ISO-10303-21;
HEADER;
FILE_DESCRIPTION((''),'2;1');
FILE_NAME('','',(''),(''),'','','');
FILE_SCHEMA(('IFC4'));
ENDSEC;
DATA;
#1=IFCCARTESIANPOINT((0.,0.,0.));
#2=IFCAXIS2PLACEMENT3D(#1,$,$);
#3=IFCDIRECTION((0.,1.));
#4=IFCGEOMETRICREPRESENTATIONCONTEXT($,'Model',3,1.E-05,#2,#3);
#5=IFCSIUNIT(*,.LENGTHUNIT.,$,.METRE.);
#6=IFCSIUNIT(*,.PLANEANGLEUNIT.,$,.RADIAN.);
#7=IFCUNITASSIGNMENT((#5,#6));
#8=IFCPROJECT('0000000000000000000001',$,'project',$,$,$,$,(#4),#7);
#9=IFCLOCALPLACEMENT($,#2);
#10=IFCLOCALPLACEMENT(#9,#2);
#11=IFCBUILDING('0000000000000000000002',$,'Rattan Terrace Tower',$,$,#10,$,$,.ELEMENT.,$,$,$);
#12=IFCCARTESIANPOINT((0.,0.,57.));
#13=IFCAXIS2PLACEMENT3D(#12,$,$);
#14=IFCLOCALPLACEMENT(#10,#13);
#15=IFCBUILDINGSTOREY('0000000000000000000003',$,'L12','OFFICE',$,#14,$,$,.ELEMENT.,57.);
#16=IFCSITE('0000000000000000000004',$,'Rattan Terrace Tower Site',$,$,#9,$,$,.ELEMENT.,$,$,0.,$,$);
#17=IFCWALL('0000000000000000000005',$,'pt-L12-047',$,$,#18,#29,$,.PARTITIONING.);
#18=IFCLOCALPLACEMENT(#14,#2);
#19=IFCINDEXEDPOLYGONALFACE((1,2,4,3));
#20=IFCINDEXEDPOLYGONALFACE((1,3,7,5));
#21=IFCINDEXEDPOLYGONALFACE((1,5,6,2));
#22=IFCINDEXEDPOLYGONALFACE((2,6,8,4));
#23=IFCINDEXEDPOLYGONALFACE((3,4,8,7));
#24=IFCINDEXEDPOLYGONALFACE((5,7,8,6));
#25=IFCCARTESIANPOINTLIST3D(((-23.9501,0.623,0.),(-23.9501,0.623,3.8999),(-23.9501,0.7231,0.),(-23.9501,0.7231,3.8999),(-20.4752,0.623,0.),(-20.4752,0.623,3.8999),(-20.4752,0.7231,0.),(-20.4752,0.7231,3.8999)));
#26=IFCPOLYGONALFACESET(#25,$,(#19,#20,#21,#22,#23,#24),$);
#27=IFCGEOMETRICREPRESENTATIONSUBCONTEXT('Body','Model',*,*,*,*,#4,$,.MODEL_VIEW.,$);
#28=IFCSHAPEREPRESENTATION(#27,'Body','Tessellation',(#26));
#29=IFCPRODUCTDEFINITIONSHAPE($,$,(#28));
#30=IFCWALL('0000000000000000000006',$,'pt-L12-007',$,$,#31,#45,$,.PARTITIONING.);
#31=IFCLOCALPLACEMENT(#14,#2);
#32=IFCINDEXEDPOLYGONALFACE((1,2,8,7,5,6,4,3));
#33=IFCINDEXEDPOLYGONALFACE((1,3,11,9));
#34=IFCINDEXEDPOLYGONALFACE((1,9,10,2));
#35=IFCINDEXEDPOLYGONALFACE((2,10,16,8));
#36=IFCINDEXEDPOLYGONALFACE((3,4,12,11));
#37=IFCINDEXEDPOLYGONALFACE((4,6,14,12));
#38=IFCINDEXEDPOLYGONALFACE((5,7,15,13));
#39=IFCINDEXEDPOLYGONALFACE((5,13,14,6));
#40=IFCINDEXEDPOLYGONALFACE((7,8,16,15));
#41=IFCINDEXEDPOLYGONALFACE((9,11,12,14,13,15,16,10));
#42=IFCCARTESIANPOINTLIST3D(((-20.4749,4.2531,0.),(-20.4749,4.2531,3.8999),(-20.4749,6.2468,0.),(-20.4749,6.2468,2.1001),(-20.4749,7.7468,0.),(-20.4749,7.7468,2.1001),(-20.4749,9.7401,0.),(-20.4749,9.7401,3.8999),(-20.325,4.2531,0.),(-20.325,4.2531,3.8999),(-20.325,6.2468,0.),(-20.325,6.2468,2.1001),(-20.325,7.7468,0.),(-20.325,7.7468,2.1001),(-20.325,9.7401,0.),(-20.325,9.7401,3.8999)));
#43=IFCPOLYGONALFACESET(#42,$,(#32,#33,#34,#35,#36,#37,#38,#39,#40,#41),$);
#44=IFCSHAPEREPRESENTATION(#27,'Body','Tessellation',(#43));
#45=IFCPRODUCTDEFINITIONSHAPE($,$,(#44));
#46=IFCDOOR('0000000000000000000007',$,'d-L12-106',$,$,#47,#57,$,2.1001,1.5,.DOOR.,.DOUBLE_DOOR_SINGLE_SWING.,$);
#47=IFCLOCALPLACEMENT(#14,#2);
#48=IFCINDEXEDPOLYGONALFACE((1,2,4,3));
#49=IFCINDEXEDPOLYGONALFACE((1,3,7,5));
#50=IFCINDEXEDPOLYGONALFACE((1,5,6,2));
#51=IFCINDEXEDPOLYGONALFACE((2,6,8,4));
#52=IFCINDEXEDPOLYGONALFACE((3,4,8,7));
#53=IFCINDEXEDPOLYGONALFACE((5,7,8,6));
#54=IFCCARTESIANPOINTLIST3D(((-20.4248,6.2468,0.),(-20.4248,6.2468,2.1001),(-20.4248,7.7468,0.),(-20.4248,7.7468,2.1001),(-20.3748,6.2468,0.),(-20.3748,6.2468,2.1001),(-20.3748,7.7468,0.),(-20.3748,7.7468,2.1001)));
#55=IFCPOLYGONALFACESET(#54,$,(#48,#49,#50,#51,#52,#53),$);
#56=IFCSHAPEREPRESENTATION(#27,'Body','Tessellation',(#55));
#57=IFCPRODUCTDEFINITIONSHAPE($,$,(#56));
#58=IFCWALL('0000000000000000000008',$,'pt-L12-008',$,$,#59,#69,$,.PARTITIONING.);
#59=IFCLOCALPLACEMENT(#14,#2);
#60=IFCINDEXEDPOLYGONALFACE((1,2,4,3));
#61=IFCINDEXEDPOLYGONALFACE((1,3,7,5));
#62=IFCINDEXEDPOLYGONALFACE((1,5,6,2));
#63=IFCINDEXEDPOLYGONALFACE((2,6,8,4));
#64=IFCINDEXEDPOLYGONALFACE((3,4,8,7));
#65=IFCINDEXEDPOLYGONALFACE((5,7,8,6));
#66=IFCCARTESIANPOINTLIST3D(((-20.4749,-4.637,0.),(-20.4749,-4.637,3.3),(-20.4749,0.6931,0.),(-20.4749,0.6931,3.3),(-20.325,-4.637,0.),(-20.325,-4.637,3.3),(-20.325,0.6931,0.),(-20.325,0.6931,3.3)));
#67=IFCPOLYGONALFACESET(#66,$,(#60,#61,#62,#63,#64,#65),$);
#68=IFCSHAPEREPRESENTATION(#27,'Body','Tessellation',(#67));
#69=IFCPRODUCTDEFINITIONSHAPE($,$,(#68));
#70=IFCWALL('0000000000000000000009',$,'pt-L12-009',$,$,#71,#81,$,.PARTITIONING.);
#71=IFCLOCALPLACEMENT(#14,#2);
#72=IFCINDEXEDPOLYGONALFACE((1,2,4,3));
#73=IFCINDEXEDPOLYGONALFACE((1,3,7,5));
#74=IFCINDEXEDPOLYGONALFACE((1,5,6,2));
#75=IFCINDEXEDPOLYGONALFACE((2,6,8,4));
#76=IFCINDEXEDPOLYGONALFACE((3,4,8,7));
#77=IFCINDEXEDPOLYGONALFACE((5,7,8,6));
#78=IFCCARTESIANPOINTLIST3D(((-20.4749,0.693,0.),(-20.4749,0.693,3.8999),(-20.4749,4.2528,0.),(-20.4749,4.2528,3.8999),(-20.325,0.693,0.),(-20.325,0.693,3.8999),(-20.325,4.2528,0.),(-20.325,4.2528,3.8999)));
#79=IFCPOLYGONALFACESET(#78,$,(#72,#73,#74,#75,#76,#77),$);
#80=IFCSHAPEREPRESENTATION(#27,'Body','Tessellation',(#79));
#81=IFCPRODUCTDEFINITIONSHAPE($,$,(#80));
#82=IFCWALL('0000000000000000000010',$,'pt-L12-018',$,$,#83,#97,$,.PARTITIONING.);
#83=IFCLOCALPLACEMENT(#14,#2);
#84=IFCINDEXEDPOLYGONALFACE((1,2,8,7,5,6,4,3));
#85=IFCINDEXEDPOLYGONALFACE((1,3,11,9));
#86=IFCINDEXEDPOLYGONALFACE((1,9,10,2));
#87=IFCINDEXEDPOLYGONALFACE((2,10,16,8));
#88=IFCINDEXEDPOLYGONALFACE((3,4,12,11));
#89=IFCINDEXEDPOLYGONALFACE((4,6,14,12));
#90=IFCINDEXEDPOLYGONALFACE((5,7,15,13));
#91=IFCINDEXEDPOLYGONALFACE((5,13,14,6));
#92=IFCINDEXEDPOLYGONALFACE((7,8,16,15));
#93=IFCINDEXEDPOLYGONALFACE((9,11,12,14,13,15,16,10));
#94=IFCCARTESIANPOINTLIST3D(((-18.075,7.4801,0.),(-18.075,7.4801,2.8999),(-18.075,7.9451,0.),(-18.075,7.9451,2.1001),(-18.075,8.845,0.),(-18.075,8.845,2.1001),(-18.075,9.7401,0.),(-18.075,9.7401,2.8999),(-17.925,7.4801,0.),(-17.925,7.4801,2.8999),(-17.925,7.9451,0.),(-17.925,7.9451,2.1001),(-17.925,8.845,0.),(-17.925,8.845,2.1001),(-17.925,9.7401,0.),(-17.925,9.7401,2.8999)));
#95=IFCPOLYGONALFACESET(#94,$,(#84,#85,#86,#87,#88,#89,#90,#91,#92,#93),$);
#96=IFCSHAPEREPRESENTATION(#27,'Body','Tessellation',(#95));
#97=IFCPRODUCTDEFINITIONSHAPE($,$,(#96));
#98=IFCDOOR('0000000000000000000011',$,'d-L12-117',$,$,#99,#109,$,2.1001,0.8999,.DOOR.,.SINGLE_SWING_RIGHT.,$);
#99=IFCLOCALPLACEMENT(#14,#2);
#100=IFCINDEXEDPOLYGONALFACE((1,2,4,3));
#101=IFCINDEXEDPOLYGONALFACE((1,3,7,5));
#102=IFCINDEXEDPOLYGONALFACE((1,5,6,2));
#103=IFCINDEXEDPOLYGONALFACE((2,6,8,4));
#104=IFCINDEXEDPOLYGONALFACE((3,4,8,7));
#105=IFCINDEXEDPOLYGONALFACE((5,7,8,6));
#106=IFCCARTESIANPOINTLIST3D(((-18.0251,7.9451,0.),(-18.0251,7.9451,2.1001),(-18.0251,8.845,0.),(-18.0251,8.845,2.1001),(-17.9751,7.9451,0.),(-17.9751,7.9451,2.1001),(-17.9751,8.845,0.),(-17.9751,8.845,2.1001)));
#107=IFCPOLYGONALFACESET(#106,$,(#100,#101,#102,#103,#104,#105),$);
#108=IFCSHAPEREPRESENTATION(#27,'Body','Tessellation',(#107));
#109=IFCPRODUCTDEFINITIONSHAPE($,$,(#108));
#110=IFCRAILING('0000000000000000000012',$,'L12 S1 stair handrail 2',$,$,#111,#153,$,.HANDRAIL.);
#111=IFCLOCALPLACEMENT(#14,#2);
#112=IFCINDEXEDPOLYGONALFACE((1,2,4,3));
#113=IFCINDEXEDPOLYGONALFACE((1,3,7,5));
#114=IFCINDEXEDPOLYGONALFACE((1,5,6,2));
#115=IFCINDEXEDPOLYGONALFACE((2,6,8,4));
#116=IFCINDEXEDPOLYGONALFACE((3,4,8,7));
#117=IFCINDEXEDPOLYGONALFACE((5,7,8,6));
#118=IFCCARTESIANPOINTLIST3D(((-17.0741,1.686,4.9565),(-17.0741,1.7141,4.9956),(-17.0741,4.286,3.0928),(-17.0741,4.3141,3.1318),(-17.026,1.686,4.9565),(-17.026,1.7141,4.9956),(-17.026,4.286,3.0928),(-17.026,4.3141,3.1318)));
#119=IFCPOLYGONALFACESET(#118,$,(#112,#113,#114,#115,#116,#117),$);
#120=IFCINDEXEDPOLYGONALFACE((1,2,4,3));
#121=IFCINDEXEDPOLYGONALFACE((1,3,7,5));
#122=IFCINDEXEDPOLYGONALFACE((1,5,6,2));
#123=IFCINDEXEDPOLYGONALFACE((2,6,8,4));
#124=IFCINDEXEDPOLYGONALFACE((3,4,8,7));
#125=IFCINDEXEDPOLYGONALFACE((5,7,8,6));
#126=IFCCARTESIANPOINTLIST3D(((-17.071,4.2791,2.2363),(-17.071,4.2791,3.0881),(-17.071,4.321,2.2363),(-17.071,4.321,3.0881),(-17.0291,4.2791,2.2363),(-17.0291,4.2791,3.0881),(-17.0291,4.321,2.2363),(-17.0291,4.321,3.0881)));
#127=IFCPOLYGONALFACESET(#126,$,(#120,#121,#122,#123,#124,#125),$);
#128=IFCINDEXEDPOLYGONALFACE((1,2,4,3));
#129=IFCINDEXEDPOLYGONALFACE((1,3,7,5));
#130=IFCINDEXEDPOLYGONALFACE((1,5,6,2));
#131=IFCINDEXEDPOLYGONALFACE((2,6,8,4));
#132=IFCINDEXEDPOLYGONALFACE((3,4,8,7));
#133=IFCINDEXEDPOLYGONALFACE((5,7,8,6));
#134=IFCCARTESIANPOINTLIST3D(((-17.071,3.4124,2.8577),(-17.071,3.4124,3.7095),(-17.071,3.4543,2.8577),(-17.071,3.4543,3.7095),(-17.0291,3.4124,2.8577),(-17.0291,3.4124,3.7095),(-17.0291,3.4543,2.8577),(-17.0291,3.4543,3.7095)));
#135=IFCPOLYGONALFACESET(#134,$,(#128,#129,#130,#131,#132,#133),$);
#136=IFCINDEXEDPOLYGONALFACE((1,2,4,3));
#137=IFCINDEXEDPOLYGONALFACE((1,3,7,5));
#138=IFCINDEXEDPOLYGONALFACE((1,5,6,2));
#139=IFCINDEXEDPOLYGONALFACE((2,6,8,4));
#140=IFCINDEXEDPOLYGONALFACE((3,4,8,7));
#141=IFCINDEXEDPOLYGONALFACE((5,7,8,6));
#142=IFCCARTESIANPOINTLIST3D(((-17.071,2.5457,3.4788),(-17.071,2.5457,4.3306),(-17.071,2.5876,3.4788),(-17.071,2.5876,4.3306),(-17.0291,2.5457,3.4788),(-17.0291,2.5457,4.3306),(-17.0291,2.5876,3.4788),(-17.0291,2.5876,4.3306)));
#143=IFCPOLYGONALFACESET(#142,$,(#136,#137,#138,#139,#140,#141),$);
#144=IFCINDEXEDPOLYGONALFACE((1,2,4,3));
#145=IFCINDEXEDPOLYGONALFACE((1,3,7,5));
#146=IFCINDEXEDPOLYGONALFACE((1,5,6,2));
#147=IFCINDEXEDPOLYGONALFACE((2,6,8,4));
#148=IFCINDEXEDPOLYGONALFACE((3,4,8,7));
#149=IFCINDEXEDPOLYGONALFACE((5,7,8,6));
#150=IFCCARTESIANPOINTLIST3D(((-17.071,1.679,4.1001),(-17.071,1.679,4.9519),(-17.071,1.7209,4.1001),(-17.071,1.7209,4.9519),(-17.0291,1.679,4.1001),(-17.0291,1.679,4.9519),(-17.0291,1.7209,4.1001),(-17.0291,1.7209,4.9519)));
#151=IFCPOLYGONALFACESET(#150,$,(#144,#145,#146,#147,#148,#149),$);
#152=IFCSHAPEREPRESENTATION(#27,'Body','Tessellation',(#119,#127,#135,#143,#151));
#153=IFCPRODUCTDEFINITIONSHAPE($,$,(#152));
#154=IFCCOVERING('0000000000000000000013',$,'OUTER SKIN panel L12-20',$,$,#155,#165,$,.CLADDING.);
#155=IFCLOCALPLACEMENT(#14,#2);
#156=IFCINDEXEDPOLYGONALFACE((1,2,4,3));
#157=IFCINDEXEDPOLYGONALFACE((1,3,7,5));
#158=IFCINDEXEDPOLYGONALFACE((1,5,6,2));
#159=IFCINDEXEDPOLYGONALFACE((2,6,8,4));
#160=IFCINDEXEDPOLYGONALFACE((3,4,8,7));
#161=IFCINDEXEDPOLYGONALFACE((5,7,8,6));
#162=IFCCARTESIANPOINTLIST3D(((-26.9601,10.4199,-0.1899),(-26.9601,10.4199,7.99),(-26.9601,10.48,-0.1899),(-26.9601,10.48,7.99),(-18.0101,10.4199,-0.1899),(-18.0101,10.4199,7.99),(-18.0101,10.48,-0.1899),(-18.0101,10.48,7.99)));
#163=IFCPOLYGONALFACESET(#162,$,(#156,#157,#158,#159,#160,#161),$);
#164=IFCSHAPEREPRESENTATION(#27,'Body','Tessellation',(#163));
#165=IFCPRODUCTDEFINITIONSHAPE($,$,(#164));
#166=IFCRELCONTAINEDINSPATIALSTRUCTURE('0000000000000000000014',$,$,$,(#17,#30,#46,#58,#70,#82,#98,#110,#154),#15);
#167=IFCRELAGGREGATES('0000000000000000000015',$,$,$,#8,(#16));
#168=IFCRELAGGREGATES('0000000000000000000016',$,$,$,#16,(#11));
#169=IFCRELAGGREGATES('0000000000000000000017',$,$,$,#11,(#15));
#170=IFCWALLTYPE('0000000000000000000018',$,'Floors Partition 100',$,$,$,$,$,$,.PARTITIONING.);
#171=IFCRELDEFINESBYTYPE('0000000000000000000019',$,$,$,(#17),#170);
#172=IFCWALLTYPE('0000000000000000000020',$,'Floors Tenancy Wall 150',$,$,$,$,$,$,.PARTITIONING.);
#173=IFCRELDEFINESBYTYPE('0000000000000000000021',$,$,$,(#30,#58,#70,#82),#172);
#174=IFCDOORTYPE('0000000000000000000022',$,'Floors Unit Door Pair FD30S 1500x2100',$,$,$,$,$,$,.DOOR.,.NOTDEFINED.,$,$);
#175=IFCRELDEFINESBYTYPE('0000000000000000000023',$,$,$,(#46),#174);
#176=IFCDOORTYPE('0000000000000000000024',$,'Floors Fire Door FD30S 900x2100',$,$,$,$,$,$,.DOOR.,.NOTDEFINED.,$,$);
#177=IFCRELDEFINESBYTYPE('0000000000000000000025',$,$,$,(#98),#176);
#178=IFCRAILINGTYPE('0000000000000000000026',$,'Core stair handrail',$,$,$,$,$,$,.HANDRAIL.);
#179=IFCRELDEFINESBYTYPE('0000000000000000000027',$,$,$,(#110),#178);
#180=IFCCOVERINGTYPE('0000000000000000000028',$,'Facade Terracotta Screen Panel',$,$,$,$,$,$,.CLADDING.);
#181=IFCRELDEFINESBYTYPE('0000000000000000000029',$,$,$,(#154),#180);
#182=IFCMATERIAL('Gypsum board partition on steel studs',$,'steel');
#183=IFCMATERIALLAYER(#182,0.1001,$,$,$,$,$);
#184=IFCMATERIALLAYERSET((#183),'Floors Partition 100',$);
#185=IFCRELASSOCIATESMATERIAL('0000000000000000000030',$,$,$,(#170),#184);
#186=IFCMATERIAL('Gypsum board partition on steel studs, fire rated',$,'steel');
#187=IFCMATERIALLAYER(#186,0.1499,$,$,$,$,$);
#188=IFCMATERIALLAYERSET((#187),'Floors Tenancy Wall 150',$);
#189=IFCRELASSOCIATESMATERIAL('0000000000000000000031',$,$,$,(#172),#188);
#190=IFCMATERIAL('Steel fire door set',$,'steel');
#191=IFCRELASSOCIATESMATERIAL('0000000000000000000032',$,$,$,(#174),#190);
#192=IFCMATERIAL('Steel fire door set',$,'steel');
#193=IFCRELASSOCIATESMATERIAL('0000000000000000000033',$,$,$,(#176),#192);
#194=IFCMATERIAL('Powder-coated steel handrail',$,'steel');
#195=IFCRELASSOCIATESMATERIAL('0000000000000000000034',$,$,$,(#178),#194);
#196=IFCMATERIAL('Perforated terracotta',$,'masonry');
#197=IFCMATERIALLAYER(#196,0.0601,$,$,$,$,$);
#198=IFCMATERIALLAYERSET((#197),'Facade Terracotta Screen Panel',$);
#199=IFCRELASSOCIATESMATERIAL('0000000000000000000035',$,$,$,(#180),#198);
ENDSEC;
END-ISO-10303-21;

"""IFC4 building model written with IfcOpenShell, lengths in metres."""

from ifc_helpers import new_model, si_unit, direction, frame, frame_2d, origin, origin_2d, place, context, subcontext, project, spatial, rectangle, extrude, material, layer, layer_set, type_object, element, fill, save


model = new_model("IFC4")

# Units and contexts
model_context = context("Model", 3, precision=1e-05, world=origin(), true_north=direction((0.0, 1.0)))
body_context = subcontext(model_context, "Body", "Model", "MODEL_VIEW")
ifc_project = project(units=[si_unit("LENGTHUNIT", "METRE"), si_unit("PLANEANGLEUNIT", "RADIAN")], contexts=[model_context])

# Site, building, storey
site_placement = place(None, origin())
site = spatial("IfcSite", under=ifc_project, at=site_placement, Name="Rattan Terrace Tower Site", CompositionType="ELEMENT", RefElevation=0.0)
building_placement = place(site_placement, origin())
building = spatial("IfcBuilding", under=site, at=building_placement, Name="Rattan Terrace Tower", CompositionType="ELEMENT")
storey_placement = place(building_placement, frame((0.0, 0.0, 57.0)))
storey = spatial("IfcBuildingStorey", under=building, at=storey_placement, Name="L12", Description="OFFICE", CompositionType="ELEMENT", Elevation=57.0)

# Shared definitions
ifc_material_1 = material(Name="Gypsum board partition on steel studs", Category="steel")
ifc_layer_1 = layer(ifc_material_1, 0.1001)
ifc_layer_set_1 = layer_set([ifc_layer_1], Name="Floors Partition 100")
wall_type_1 = type_object("IfcWallType", Name="Floors Partition 100", PredefinedType="PARTITIONING", material=ifc_layer_set_1)

# Wall
for number, where, z_axis, x_axis, name in (
    (1, (-23.95, 0.6731, 0.0), (0.0, 0.0, 1.0), (1.0, 0.0, 0.0), "pt-L12-047"),
):
    element("IfcWall", number, at=place(storey_placement, frame(where, z_axis=z_axis, x_axis=x_axis)), inside=storey, type_object=wall_type_1, Name=name, PredefinedType="PARTITIONING", context=body_context, shape_type="SweptSolid", body=[
        extrude(rectangle(XDim=3.4749, YDim=0.1001, at=frame_2d((1.7373, 0.0))), origin(), (0.0, 0.0, 1.0), 3.8999),
    ])

# Wall, opening, door
ifc_material_2 = material(Name="Gypsum board partition on steel studs, fire rated", Category="steel")
ifc_layer_2 = layer(ifc_material_2, 0.1499)
ifc_layer_set_2 = layer_set([ifc_layer_2], Name="Floors Tenancy Wall 150")
wall_type_2 = type_object("IfcWallType", Name="Floors Tenancy Wall 150", PredefinedType="PARTITIONING", material=ifc_layer_set_2)
wall_1_placement = place(storey_placement, frame((-20.3999, 4.2529, 0.0), z_axis=(0.0, 0.0, 1.0), x_axis=(0.0, 1.0, 0.0)))
wall_1 = element("IfcWall", 2, at=wall_1_placement, inside=storey, type_object=wall_type_2, Name="pt-L12-007", PredefinedType="PARTITIONING", context=body_context, shape_type="SweptSolid", body=[
    extrude(rectangle(XDim=5.4871, YDim=0.1499, at=frame_2d((2.7437, 0.0))), origin(), (0.0, 0.0, 1.0), 3.8999),
])
opening_1_placement = place(wall_1_placement, frame((1.9939, 0.0, 0.0)))
opening_1 = element("IfcOpeningElement", 3, at=opening_1_placement, cuts=wall_1, PredefinedType="OPENING", context=body_context, shape_type="SweptSolid", body=[
    extrude(rectangle(XDim=1.5, YDim=2.1001, at=frame_2d((0.75, 1.05))), frame((0.0, 0.0854, 0.0), z_axis=(0.0, -1.0, 0.0), x_axis=(1.0, 0.0, 0.0)), (0.0, 0.0, 1.0), 0.1709),
])
ifc_material_3 = material(Name="Steel fire door set", Category="steel")
door_type_1 = type_object("IfcDoorType", Name="Floors Unit Door Pair FD30S 1500x2100", OperationType="NOTDEFINED", PredefinedType="DOOR", material=ifc_material_3)
door_1_placement = place(opening_1_placement, origin())
door_1 = element("IfcDoor", 4, at=door_1_placement, inside=storey, type_object=door_type_1, Name="d-L12-106", OperationType="DOUBLE_DOOR_SINGLE_SWING", OverallHeight=2.1001, OverallWidth=1.5, PredefinedType="DOOR", context=body_context, shape_type="SweptSolid", body=[
    extrude(rectangle(XDim=1.5, YDim=2.1001, at=frame_2d((0.75, 1.05))), frame((0.0, 0.0249, 0.0), z_axis=(0.0, -1.0, 0.0), x_axis=(1.0, 0.0, 0.0)), (0.0, 0.0, 1.0), 0.05),
])
fill(opening_1, door_1)

# Walls
wall_2_placement = place(storey_placement, frame((-20.3999, -4.637, 0.0), z_axis=(0.0, 0.0, 1.0), x_axis=(0.0, 1.0, 0.0)))
element("IfcWall", 5, at=wall_2_placement, inside=storey, type_object=wall_type_2, Name="pt-L12-008", PredefinedType="PARTITIONING", context=body_context, shape_type="SweptSolid", body=[
    extrude(rectangle(XDim=5.3301, YDim=0.1499, at=frame_2d((2.665, 0.0))), origin(), (0.0, 0.0, 1.0), 3.3),
])
wall_3_placement = place(storey_placement, frame((-20.3999, 0.6931, 0.0), z_axis=(0.0, 0.0, 1.0), x_axis=(0.0, 1.0, 0.0)))
element("IfcWall", 6, at=wall_3_placement, inside=storey, type_object=wall_type_2, Name="pt-L12-009", PredefinedType="PARTITIONING", context=body_context, shape_type="SweptSolid", body=[
    extrude(rectangle(XDim=3.5598, YDim=0.1499, at=frame_2d((1.7798, 0.0))), origin(), (0.0, 0.0, 1.0), 3.8999),
])

# Wall, opening, door
wall_4_placement = place(storey_placement, frame((-18.0, 9.74, 0.0), z_axis=(0.0, 0.0, 1.0), x_axis=(0.0, -1.0, 0.0)))
wall_4 = element("IfcWall", 7, at=wall_4_placement, inside=storey, type_object=wall_type_2, Name="pt-L12-018", PredefinedType="PARTITIONING", context=body_context, shape_type="SweptSolid", body=[
    extrude(rectangle(XDim=2.26, YDim=0.1499, at=frame_2d((1.1299, 0.0))), origin(), (0.0, 0.0, 1.0), 2.8999),
])
opening_2_placement = place(wall_4_placement, frame((0.895, 0.0, 0.0)))
opening_2 = element("IfcOpeningElement", 8, at=opening_2_placement, cuts=wall_4, PredefinedType="OPENING", context=body_context, shape_type="SweptSolid", body=[
    extrude(rectangle(XDim=0.8999, YDim=2.1001, at=frame_2d((0.45, 1.05))), frame((0.0, 0.0854, 0.0), z_axis=(0.0, -1.0, 0.0), x_axis=(1.0, 0.0, 0.0)), (0.0, 0.0, 1.0), 0.1709),
])
ifc_material_4 = material(Name="Steel fire door set", Category="steel")
door_type_2 = type_object("IfcDoorType", Name="Floors Fire Door FD30S 900x2100", OperationType="NOTDEFINED", PredefinedType="DOOR", material=ifc_material_4)
door_2_placement = place(opening_2_placement, origin())
door_2 = element("IfcDoor", 9, at=door_2_placement, inside=storey, type_object=door_type_2, Name="d-L12-117", OperationType="SINGLE_SWING_RIGHT", OverallHeight=2.1001, OverallWidth=0.8999, PredefinedType="DOOR", context=body_context, shape_type="SweptSolid", body=[
    extrude(rectangle(XDim=0.8999, YDim=2.1001, at=frame_2d((0.45, 1.05))), frame((0.0, 0.0249, 0.0), z_axis=(0.0, -1.0, 0.0), x_axis=(1.0, 0.0, 0.0)), (0.0, 0.0, 1.0), 0.05),
])
fill(opening_2, door_2)

# Railing
ifc_material_5 = material(Name="Powder-coated steel handrail", Category="steel")
railing_type = type_object("IfcRailingType", Name="Core stair handrail", PredefinedType="HANDRAIL", material=ifc_material_5)
railing_placement = place(storey_placement, frame((-17.05, 4.3, 2.2363)))
element("IfcRailing", 10, at=railing_placement, inside=storey, type_object=railing_type, Name="L12 S1 stair handrail 2", PredefinedType="HANDRAIL", context=body_context, shape_type="SweptSolid", body=[
    extrude(rectangle(XDim=0.0481, YDim=0.0481, at=origin_2d()), frame((0.0, 0.0, 0.876), z_axis=(0.0, -0.812763, 0.582595), x_axis=(1.0, 0.0, 0.0)), (0.0, 0.0, 1.0), 3.199),
    extrude(rectangle(XDim=0.042, YDim=0.042, at=origin_2d()), origin(), (0.0, 0.0, 1.0), 0.8518),
    extrude(rectangle(XDim=0.042, YDim=0.042, at=origin_2d()), frame((0.0, -0.8667, 0.6213)), (0.0, 0.0, 1.0), 0.8518),
    extrude(rectangle(XDim=0.042, YDim=0.042, at=origin_2d()), frame((0.0, -1.7334, 1.2424)), (0.0, 0.0, 1.0), 0.8518),
    extrude(rectangle(XDim=0.042, YDim=0.042, at=origin_2d()), frame((0.0, -2.6001, 1.8638)), (0.0, 0.0, 1.0), 0.8518),
])

# Covering
ifc_material_6 = material(Name="Perforated terracotta", Category="masonry")
ifc_layer_3 = layer(ifc_material_6, 0.0601)
ifc_layer_set_3 = layer_set([ifc_layer_3], Name="Facade Terracotta Screen Panel")
covering_type = type_object("IfcCoveringType", Name="Facade Terracotta Screen Panel", PredefinedType="CLADDING", material=ifc_layer_set_3)
covering_placement = place(storey_placement, frame((-22.4851, 10.45, -0.1899), z_axis=(0.0, 0.0, 1.0), x_axis=(-1.0, 0.0, 0.0)))
element("IfcCovering", 11, at=covering_placement, inside=storey, type_object=covering_type, Name="OUTER SKIN panel L12-20", PredefinedType="CLADDING", context=body_context, shape_type="SweptSolid", body=[
    extrude(rectangle(XDim=8.95, YDim=0.0601, at=origin_2d()), origin(), (0.0, 0.0, 1.0), 8.1799),
])

save(model, "model.ifc")
